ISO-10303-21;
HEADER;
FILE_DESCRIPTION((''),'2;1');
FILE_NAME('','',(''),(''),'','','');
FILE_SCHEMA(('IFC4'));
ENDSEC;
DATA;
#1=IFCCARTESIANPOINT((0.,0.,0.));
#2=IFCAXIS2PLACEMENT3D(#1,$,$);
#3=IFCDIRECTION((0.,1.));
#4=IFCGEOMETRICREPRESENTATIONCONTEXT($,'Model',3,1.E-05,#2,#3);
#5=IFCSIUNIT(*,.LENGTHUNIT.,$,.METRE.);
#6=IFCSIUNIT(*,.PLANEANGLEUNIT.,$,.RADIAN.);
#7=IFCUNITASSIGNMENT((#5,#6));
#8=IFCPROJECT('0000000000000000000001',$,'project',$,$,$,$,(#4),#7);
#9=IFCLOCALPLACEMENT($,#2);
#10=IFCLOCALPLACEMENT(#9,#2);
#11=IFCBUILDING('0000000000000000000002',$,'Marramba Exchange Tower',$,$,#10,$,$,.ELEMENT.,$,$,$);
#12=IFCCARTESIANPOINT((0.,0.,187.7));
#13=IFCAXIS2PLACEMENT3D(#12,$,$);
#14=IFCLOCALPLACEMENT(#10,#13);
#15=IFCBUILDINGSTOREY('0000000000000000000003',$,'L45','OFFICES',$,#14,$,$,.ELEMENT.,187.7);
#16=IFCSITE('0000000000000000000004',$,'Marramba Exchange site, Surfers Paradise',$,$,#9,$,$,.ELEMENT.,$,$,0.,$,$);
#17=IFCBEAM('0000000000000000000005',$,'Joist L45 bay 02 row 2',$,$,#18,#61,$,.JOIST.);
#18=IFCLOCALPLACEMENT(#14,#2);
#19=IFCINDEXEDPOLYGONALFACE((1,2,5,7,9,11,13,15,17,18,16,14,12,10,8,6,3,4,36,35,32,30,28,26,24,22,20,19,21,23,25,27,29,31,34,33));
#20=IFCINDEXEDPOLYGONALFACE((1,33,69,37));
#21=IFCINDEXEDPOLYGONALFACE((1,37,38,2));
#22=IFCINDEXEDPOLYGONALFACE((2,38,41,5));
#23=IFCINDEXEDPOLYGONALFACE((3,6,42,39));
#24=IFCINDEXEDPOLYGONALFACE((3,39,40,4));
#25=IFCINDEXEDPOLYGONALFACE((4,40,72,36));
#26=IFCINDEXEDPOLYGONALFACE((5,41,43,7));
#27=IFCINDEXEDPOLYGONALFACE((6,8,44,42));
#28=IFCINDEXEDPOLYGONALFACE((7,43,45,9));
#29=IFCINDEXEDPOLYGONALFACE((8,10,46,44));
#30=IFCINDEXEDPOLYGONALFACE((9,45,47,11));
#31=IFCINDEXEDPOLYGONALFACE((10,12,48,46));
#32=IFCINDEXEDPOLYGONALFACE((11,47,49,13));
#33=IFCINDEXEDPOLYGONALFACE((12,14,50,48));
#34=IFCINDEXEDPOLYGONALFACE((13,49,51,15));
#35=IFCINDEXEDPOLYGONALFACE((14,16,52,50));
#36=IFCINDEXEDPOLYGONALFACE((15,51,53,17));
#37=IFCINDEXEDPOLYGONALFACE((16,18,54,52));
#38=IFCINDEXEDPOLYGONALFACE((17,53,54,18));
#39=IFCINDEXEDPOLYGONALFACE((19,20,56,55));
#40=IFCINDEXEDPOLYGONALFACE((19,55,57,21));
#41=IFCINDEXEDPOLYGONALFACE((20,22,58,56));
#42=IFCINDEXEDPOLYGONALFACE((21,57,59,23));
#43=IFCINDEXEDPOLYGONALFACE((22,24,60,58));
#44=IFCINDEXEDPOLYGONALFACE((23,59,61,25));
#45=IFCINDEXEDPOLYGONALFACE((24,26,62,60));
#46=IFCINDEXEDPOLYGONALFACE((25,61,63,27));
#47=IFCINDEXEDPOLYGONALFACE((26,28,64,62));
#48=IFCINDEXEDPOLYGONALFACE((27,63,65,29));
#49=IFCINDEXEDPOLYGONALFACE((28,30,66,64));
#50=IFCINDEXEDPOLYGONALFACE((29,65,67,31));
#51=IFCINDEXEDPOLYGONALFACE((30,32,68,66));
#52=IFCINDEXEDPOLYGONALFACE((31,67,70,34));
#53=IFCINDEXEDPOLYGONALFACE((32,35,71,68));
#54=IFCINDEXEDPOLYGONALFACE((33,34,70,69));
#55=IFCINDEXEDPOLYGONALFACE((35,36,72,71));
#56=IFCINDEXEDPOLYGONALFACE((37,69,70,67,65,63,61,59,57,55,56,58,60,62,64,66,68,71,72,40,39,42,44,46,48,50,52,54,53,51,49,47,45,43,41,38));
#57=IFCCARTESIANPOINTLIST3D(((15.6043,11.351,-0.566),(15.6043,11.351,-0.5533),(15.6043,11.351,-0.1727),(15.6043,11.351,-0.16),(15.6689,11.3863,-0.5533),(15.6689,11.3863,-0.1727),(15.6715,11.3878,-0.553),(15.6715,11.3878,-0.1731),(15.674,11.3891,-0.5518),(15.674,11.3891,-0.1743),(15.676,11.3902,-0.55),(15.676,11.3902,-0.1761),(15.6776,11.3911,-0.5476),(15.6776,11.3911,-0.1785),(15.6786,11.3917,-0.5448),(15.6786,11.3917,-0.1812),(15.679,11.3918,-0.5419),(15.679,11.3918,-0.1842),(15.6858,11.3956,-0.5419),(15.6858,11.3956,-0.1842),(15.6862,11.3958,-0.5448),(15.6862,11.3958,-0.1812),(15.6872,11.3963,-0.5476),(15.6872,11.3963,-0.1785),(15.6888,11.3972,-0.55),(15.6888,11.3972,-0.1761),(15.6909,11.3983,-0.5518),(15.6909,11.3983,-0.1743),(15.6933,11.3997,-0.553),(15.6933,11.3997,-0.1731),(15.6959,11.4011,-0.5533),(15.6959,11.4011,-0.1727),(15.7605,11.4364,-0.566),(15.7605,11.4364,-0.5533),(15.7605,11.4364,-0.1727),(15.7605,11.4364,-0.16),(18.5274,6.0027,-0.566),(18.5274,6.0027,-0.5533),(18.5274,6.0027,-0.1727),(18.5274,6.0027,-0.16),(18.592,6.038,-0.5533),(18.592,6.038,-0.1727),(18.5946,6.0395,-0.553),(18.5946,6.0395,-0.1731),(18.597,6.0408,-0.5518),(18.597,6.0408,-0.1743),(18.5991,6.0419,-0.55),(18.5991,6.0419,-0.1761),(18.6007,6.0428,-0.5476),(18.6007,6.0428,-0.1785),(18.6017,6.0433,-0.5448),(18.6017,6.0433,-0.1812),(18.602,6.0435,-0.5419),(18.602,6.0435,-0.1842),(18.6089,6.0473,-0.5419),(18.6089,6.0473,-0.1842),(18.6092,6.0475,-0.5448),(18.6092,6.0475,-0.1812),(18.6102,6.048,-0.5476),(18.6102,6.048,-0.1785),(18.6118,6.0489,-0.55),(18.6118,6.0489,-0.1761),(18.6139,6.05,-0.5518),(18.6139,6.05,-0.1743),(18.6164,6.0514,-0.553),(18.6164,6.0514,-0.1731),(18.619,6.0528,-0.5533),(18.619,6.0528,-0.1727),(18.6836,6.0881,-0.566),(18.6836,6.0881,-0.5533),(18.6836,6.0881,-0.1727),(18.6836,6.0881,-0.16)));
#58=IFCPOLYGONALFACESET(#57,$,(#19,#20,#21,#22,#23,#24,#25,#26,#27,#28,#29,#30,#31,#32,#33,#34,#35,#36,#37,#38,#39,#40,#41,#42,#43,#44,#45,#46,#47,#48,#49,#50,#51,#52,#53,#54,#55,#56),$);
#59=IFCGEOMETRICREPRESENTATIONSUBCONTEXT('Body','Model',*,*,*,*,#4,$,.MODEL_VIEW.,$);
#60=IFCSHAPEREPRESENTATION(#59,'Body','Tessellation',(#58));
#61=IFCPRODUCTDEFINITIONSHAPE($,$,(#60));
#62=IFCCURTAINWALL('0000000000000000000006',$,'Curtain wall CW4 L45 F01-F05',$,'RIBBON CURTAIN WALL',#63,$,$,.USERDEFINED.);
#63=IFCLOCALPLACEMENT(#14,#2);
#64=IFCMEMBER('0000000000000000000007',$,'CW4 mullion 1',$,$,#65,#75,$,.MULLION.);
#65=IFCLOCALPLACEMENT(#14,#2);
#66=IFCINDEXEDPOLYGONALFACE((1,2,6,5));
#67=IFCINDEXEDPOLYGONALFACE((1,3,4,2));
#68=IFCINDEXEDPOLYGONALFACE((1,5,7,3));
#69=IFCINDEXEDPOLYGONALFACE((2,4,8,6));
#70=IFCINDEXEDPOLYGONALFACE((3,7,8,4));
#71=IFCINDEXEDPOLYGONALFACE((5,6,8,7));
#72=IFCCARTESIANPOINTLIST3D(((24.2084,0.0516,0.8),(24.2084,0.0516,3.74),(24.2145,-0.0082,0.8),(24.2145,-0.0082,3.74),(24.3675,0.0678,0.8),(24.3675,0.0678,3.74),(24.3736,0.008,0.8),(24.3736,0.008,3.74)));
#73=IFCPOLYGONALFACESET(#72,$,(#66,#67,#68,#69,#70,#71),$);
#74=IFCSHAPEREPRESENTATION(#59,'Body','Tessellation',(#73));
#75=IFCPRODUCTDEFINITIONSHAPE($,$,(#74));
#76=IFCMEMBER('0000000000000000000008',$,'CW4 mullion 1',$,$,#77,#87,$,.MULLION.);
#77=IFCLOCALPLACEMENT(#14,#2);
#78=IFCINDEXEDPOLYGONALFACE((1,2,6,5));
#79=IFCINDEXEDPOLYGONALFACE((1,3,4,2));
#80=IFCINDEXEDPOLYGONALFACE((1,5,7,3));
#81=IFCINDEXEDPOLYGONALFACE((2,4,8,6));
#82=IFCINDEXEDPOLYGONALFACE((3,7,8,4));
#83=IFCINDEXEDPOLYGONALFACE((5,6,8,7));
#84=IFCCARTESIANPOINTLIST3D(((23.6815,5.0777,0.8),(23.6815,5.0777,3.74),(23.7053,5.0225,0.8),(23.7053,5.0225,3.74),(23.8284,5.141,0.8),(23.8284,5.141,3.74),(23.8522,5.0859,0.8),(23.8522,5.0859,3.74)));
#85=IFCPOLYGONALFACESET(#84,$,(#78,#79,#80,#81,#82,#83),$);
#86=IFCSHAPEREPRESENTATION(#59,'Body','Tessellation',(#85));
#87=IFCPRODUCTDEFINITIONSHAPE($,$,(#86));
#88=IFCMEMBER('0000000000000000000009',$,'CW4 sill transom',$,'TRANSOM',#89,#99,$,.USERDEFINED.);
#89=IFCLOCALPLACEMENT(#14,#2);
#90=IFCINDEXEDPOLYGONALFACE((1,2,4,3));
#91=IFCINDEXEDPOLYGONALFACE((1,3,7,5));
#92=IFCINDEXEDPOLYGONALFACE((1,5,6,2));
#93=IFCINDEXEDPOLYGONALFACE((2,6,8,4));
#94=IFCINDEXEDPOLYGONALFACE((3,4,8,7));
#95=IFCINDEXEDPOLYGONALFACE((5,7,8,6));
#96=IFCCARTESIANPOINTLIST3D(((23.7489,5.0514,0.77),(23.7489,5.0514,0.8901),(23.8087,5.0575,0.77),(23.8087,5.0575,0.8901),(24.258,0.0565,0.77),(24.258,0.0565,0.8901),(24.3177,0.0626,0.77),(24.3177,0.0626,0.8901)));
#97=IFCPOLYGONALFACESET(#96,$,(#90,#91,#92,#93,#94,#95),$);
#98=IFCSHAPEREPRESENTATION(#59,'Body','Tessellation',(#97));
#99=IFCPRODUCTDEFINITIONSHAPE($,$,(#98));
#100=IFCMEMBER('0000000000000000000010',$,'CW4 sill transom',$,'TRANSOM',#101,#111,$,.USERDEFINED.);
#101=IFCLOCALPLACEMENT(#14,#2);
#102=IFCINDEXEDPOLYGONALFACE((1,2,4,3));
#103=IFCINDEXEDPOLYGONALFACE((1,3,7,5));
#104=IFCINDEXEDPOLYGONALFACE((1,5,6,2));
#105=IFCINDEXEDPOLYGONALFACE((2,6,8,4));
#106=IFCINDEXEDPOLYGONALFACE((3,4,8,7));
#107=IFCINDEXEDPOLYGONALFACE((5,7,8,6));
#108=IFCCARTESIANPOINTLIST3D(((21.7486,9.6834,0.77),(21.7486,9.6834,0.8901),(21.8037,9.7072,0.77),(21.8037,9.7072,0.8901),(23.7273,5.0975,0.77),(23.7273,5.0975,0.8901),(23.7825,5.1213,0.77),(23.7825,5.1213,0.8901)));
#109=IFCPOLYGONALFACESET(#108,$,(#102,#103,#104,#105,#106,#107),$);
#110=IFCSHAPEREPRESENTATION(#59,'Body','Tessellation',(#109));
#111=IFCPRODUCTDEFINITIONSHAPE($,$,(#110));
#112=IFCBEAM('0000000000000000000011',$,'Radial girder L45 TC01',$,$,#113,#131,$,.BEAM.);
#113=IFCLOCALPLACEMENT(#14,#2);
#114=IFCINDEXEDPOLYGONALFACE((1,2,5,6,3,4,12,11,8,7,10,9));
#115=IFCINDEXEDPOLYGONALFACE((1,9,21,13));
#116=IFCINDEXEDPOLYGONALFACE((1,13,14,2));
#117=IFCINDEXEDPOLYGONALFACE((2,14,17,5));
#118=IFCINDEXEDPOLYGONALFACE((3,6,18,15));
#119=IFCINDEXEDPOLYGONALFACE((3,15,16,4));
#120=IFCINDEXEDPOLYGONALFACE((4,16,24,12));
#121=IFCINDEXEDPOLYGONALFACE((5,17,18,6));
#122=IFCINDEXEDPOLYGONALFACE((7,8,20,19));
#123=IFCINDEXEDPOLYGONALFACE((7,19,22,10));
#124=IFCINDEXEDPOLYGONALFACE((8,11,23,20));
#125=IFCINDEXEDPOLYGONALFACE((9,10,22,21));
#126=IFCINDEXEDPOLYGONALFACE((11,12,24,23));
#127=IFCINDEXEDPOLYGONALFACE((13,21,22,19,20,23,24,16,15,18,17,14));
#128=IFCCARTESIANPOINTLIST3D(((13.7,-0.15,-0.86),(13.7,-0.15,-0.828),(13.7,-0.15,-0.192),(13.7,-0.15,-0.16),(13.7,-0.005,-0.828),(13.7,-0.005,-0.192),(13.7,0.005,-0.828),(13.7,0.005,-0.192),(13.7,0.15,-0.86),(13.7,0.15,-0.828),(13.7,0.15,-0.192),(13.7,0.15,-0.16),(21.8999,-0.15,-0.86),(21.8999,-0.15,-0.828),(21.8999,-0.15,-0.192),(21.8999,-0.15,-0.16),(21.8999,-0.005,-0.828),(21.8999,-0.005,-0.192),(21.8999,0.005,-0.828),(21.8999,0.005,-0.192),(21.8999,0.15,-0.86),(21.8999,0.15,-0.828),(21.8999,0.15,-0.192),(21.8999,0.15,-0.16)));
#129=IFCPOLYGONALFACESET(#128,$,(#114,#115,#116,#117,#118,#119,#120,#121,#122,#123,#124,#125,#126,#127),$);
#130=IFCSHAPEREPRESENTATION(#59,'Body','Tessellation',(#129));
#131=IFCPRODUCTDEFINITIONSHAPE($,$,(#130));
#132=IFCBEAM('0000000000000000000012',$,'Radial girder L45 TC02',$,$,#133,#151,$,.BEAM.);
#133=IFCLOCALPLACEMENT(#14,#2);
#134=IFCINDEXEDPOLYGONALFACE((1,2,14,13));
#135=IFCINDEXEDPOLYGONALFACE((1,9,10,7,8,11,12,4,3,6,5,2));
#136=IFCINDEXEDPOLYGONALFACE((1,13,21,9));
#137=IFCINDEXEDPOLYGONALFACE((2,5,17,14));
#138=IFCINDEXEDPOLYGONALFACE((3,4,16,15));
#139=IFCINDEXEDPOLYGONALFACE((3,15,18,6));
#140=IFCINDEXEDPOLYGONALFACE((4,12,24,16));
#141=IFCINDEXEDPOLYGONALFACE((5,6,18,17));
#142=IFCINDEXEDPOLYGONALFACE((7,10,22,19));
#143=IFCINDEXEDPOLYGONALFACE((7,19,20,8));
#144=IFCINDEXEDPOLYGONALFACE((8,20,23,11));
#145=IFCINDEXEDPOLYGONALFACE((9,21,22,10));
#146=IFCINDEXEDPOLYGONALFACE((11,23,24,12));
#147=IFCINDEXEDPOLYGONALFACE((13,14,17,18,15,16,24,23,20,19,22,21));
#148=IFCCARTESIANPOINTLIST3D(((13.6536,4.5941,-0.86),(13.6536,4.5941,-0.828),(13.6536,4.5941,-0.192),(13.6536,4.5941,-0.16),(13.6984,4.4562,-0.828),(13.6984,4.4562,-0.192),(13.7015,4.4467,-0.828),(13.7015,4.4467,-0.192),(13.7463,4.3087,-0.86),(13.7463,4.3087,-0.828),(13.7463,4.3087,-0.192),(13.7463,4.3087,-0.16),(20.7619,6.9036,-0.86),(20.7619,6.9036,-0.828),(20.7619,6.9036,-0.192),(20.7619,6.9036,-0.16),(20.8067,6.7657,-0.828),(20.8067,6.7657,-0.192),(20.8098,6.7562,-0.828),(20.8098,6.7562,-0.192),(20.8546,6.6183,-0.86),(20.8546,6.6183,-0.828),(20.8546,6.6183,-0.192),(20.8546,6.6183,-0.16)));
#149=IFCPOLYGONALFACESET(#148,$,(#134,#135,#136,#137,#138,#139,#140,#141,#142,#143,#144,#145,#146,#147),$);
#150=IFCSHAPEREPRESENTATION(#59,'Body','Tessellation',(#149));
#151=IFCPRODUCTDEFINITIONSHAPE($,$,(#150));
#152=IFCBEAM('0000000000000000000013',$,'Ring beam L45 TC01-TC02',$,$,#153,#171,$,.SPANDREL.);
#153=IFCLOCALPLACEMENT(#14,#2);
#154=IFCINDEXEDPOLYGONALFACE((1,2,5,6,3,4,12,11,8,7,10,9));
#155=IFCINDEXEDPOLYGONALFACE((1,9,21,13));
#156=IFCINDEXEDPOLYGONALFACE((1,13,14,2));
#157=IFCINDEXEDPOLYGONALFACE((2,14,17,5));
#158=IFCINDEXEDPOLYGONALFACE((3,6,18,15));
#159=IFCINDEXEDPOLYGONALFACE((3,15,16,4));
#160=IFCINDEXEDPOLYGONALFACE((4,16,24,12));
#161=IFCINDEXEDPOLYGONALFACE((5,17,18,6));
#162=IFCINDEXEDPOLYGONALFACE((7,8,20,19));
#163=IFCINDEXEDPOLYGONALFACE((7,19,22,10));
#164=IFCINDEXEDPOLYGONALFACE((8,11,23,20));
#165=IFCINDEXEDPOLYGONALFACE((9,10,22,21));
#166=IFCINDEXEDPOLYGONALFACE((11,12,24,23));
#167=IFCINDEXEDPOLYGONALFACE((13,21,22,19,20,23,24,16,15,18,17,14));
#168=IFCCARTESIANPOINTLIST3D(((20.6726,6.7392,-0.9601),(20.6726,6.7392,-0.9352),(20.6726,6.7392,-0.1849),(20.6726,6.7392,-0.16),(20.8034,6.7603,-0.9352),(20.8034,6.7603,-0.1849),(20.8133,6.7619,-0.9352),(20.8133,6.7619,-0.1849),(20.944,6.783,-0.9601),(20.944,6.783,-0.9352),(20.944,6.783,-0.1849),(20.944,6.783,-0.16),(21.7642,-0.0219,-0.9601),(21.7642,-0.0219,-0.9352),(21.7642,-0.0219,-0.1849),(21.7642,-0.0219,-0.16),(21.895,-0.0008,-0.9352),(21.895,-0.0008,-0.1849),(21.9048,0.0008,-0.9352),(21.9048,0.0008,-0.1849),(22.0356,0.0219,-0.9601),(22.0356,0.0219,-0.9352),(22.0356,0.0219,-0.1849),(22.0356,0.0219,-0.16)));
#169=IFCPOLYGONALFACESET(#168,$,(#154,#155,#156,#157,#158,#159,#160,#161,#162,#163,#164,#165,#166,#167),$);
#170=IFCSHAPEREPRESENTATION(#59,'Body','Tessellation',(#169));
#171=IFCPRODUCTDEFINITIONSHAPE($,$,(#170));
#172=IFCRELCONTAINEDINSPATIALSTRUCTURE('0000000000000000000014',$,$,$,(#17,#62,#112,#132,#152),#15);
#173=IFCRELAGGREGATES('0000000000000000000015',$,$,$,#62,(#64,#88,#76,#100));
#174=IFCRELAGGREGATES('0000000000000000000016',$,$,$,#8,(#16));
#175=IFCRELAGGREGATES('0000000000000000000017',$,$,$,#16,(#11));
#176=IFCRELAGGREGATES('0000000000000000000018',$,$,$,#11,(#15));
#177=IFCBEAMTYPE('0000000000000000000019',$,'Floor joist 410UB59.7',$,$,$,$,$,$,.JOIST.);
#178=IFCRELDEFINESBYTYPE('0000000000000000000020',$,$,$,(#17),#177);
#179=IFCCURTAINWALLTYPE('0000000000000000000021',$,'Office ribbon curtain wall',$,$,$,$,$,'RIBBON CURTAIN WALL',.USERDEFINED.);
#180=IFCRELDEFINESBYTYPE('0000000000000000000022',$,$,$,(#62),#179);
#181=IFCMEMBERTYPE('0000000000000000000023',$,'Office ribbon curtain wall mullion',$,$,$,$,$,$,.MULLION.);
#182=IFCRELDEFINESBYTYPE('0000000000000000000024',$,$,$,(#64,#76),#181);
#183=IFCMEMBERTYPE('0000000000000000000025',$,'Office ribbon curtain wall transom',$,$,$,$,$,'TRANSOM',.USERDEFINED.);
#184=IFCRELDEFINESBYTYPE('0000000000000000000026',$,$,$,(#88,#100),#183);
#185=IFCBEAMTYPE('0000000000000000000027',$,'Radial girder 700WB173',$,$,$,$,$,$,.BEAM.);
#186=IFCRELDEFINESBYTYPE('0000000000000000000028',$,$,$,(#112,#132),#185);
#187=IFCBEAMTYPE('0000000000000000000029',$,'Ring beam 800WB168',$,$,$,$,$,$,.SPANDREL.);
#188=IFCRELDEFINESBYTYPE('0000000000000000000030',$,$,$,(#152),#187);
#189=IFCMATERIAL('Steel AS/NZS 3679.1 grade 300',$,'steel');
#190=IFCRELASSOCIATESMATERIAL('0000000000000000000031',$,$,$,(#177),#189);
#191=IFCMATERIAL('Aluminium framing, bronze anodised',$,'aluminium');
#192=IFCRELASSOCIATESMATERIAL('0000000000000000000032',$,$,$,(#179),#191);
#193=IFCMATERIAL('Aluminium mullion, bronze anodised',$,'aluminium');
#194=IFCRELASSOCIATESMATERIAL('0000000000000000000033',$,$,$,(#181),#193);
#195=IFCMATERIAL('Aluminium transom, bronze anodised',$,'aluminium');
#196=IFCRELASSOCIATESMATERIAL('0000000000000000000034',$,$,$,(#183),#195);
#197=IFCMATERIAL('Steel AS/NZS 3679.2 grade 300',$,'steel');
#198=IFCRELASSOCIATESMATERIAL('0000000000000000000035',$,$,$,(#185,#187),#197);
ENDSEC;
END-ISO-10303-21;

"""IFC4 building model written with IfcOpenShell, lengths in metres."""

from ifc_helpers import new_model, si_unit, direction, frame, origin, origin_2d, place, context, subcontext, project, spatial, rectangle, i_section, extrude, material, material_profile, profile_set, type_object, element, aggregate, save


model = new_model("IFC4")

# Units and contexts
model_context = context("Model", 3, precision=1e-05, world=origin(), true_north=direction((0.0, 1.0)))
body_context = subcontext(model_context, "Body", "Model", "MODEL_VIEW")
ifc_project = project(units=[si_unit("LENGTHUNIT", "METRE"), si_unit("PLANEANGLEUNIT", "RADIAN")], contexts=[model_context])

# Site, building, storey
site_placement = place(None, origin())
site = spatial("IfcSite", under=ifc_project, at=site_placement, Name="Marramba Exchange site, Surfers Paradise", CompositionType="ELEMENT", RefElevation=0.0)
building_placement = place(site_placement, origin())
building = spatial("IfcBuilding", under=site, at=building_placement, Name="Marramba Exchange Tower", CompositionType="ELEMENT")
storey_placement = place(building_placement, frame((0.0, 0.0, 187.7)))
storey = spatial("IfcBuildingStorey", under=building, at=storey_placement, Name="L45", Description="OFFICES", CompositionType="ELEMENT", Elevation=187.7)

# Beam
ifc_material_1 = material(Name="Steel AS/NZS 3679.2 grade 300", Category="steel")
ifc_material_2 = material(Name="Steel AS/NZS 3679.1 grade 300", Category="steel")
ifc_material_profile_1 = material_profile(ifc_material_2, i_section(OverallWidth=0.178, OverallDepth=0.406, WebThickness=0.0078, FlangeThickness=0.0127, FilletRadius=0.0115, at=origin_2d()), Name="410UB59.7")
ifc_profile_set_1 = profile_set([ifc_material_profile_1], Name="Steel AS/NZS 3679.1 grade 300")
beam_type_1 = type_object("IfcBeamType", Name="Floor joist 410UB59.7", PredefinedType="JOIST", material=ifc_profile_set_1)
beam_1_placement = place(storey_placement, frame((18.6055, 6.0454, -0.363), z_axis=(-0.479584, 0.877496, 0.0), x_axis=(-0.877496, -0.479584, 0.0)))
element("IfcBeam", 1, at=beam_1_placement, inside=storey, type_object=beam_type_1, Name="Joist L45 bay 02 row 2", PredefinedType="JOIST", context=body_context, shape_type="SweptSolid", body=[
    extrude(i_section(OverallWidth=0.178, OverallDepth=0.406, WebThickness=0.0078, FlangeThickness=0.0127, FilletRadius=0.0115, at=origin_2d()), origin(), (0.0, 0.0, 1.0), 6.095),
])

# Curtain wall, members
ifc_material_3 = material(Name="Aluminium framing, bronze anodised", Category="aluminium")
curtain_wall_type = type_object("IfcCurtainWallType", Name="Office ribbon curtain wall", ElementType="RIBBON CURTAIN WALL", PredefinedType="USERDEFINED", material=ifc_material_3)
curtain_wall_placement = place(storey_placement, origin())
curtain_wall = element("IfcCurtainWall", 2, at=curtain_wall_placement, inside=storey, type_object=curtain_wall_type, Name="Curtain wall CW4 L45 F01-F05", ObjectType="RIBBON CURTAIN WALL", PredefinedType="USERDEFINED")
ifc_material_4 = material(Name="Aluminium mullion, bronze anodised", Category="aluminium")
ifc_material_profile_2 = material_profile(ifc_material_4, rectangle(XDim=0.1599, YDim=0.0601, at=origin_2d()), Name="CW4 mullion 60x160")
ifc_profile_set_2 = profile_set([ifc_material_profile_2], Name="Aluminium mullion, bronze anodised")
member_type_1 = type_object("IfcMemberType", Name="Office ribbon curtain wall mullion", PredefinedType="MULLION", material=ifc_profile_set_2)
member_1_placement = place(storey_placement, frame((24.291, 0.0298, 0.8), z_axis=(0.0, 0.0, 1.0), x_axis=(-0.994843, -0.101422, 0.0)))
member_1 = element("IfcMember", 3, at=member_1_placement, type_object=member_type_1, Name="CW4 mullion 1", PredefinedType="MULLION", context=body_context, shape_type="SweptSolid", body=[
    extrude(rectangle(XDim=0.1599, YDim=0.0601, at=origin_2d()), origin(), (0.0, 0.0, 1.0), 2.9399),
])
member_2_placement = place(storey_placement, frame((23.7668, 5.0818, 0.8), z_axis=(0.0, 0.0, 1.0), x_axis=(-0.918167, -0.396193, 0.0)))
member_2 = element("IfcMember", 4, at=member_2_placement, type_object=member_type_1, Name="CW4 mullion 1", PredefinedType="MULLION", context=body_context, shape_type="SweptSolid", body=[
    extrude(rectangle(XDim=0.1599, YDim=0.0601, at=origin_2d()), origin(), (0.0, 0.0, 1.0), 2.9399),
])
ifc_material_5 = material(Name="Aluminium transom, bronze anodised", Category="aluminium")
ifc_material_profile_3 = material_profile(ifc_material_5, rectangle(XDim=0.0601, YDim=0.1201, at=origin_2d()), Name="CW4 transom 60x120")
ifc_profile_set_3 = profile_set([ifc_material_profile_3], Name="Aluminium transom, bronze anodised")
member_type_2 = type_object("IfcMemberType", Name="Office ribbon curtain wall transom", ElementType="TRANSOM", PredefinedType="USERDEFINED", material=ifc_profile_set_3)
member_3_placement = place(storey_placement, frame((24.2878, 0.0596, 0.8301), z_axis=(-0.101386, 0.994847, 0.0), x_axis=(-0.994847, -0.101386, 0.0)))
member_3 = element("IfcMember", 5, at=member_3_placement, type_object=member_type_2, Name="CW4 sill transom", ObjectType="TRANSOM", PredefinedType="USERDEFINED", context=body_context, shape_type="SweptSolid", body=[
    extrude(rectangle(XDim=0.0601, YDim=0.1201, at=origin_2d()), origin(), (0.0, 0.0, 1.0), 5.0208),
])
member_4_placement = place(storey_placement, frame((23.7549, 5.1094, 0.8301), z_axis=(-0.396178, 0.918174, 0.0), x_axis=(-0.918174, -0.396178, 0.0)))
member_4 = element("IfcMember", 6, at=member_4_placement, type_object=member_type_2, Name="CW4 sill transom", ObjectType="TRANSOM", PredefinedType="USERDEFINED", context=body_context, shape_type="SweptSolid", body=[
    extrude(rectangle(XDim=0.0601, YDim=0.1201, at=origin_2d()), origin(), (0.0, 0.0, 1.0), 4.9946),
])

# Beams
ifc_material_profile_4 = material_profile(ifc_material_1, i_section(OverallWidth=0.3, OverallDepth=0.7, WebThickness=0.01, FlangeThickness=0.032, at=origin_2d()), Name="700WB173")
ifc_profile_set_4 = profile_set([ifc_material_profile_4], Name="Steel AS/NZS 3679.2 grade 300")
beam_type_2 = type_object("IfcBeamType", Name="Radial girder 700WB173", PredefinedType="BEAM", material=ifc_profile_set_4)
beam_2_placement = place(storey_placement, frame((13.7, 0.0, -0.51), z_axis=(1.0, 0.0, 0.0), x_axis=(0.0, 1.0, 0.0)))
element("IfcBeam", 7, at=beam_2_placement, inside=storey, type_object=beam_type_2, Name="Radial girder L45 TC01", PredefinedType="BEAM", context=body_context, shape_type="SweptSolid", body=[
    extrude(i_section(OverallWidth=0.3, OverallDepth=0.7, WebThickness=0.01, FlangeThickness=0.032, at=origin_2d()), origin(), (0.0, 0.0, 1.0), 8.2),
])
beam_3_placement = place(storey_placement, frame((13.7, 4.4514, -0.51), z_axis=(0.95106, 0.309006, 0.0), x_axis=(-0.309006, 0.95106, 0.0)))
element("IfcBeam", 8, at=beam_3_placement, inside=storey, type_object=beam_type_2, Name="Radial girder L45 TC02", PredefinedType="BEAM", context=body_context, shape_type="SweptSolid", body=[
    extrude(i_section(OverallWidth=0.3, OverallDepth=0.7, WebThickness=0.01, FlangeThickness=0.032, at=origin_2d()), origin(), (0.0, 0.0, 1.0), 7.4741),
])
ifc_material_profile_5 = material_profile(ifc_material_1, i_section(OverallWidth=0.2749, OverallDepth=0.8, WebThickness=0.01, FlangeThickness=0.0249, at=origin_2d()), Name="800WB168")
ifc_profile_set_5 = profile_set([ifc_material_profile_5], Name="Steel AS/NZS 3679.2 grade 300")
beam_type_3 = type_object("IfcBeamType", Name="Ring beam 800WB168", PredefinedType="SPANDREL", material=ifc_profile_set_5)
beam_4_placement = place(storey_placement, frame((21.8999, 0.0, -0.5601), z_axis=(-0.159385, 0.987217, 0.0), x_axis=(-0.987217, -0.159385, 0.0)))
element("IfcBeam", 9, at=beam_4_placement, inside=storey, type_object=beam_type_3, Name="Ring beam L45 TC01-TC02", PredefinedType="SPANDREL", context=body_context, shape_type="SweptSolid", body=[
    extrude(i_section(OverallWidth=0.2749, OverallDepth=0.8, WebThickness=0.01, FlangeThickness=0.0249, at=origin_2d()), origin(), (0.0, 0.0, 1.0), 6.8486),
])

aggregate(curtain_wall, [member_1, member_3, member_2, member_4])

save(model, "model.ifc")
